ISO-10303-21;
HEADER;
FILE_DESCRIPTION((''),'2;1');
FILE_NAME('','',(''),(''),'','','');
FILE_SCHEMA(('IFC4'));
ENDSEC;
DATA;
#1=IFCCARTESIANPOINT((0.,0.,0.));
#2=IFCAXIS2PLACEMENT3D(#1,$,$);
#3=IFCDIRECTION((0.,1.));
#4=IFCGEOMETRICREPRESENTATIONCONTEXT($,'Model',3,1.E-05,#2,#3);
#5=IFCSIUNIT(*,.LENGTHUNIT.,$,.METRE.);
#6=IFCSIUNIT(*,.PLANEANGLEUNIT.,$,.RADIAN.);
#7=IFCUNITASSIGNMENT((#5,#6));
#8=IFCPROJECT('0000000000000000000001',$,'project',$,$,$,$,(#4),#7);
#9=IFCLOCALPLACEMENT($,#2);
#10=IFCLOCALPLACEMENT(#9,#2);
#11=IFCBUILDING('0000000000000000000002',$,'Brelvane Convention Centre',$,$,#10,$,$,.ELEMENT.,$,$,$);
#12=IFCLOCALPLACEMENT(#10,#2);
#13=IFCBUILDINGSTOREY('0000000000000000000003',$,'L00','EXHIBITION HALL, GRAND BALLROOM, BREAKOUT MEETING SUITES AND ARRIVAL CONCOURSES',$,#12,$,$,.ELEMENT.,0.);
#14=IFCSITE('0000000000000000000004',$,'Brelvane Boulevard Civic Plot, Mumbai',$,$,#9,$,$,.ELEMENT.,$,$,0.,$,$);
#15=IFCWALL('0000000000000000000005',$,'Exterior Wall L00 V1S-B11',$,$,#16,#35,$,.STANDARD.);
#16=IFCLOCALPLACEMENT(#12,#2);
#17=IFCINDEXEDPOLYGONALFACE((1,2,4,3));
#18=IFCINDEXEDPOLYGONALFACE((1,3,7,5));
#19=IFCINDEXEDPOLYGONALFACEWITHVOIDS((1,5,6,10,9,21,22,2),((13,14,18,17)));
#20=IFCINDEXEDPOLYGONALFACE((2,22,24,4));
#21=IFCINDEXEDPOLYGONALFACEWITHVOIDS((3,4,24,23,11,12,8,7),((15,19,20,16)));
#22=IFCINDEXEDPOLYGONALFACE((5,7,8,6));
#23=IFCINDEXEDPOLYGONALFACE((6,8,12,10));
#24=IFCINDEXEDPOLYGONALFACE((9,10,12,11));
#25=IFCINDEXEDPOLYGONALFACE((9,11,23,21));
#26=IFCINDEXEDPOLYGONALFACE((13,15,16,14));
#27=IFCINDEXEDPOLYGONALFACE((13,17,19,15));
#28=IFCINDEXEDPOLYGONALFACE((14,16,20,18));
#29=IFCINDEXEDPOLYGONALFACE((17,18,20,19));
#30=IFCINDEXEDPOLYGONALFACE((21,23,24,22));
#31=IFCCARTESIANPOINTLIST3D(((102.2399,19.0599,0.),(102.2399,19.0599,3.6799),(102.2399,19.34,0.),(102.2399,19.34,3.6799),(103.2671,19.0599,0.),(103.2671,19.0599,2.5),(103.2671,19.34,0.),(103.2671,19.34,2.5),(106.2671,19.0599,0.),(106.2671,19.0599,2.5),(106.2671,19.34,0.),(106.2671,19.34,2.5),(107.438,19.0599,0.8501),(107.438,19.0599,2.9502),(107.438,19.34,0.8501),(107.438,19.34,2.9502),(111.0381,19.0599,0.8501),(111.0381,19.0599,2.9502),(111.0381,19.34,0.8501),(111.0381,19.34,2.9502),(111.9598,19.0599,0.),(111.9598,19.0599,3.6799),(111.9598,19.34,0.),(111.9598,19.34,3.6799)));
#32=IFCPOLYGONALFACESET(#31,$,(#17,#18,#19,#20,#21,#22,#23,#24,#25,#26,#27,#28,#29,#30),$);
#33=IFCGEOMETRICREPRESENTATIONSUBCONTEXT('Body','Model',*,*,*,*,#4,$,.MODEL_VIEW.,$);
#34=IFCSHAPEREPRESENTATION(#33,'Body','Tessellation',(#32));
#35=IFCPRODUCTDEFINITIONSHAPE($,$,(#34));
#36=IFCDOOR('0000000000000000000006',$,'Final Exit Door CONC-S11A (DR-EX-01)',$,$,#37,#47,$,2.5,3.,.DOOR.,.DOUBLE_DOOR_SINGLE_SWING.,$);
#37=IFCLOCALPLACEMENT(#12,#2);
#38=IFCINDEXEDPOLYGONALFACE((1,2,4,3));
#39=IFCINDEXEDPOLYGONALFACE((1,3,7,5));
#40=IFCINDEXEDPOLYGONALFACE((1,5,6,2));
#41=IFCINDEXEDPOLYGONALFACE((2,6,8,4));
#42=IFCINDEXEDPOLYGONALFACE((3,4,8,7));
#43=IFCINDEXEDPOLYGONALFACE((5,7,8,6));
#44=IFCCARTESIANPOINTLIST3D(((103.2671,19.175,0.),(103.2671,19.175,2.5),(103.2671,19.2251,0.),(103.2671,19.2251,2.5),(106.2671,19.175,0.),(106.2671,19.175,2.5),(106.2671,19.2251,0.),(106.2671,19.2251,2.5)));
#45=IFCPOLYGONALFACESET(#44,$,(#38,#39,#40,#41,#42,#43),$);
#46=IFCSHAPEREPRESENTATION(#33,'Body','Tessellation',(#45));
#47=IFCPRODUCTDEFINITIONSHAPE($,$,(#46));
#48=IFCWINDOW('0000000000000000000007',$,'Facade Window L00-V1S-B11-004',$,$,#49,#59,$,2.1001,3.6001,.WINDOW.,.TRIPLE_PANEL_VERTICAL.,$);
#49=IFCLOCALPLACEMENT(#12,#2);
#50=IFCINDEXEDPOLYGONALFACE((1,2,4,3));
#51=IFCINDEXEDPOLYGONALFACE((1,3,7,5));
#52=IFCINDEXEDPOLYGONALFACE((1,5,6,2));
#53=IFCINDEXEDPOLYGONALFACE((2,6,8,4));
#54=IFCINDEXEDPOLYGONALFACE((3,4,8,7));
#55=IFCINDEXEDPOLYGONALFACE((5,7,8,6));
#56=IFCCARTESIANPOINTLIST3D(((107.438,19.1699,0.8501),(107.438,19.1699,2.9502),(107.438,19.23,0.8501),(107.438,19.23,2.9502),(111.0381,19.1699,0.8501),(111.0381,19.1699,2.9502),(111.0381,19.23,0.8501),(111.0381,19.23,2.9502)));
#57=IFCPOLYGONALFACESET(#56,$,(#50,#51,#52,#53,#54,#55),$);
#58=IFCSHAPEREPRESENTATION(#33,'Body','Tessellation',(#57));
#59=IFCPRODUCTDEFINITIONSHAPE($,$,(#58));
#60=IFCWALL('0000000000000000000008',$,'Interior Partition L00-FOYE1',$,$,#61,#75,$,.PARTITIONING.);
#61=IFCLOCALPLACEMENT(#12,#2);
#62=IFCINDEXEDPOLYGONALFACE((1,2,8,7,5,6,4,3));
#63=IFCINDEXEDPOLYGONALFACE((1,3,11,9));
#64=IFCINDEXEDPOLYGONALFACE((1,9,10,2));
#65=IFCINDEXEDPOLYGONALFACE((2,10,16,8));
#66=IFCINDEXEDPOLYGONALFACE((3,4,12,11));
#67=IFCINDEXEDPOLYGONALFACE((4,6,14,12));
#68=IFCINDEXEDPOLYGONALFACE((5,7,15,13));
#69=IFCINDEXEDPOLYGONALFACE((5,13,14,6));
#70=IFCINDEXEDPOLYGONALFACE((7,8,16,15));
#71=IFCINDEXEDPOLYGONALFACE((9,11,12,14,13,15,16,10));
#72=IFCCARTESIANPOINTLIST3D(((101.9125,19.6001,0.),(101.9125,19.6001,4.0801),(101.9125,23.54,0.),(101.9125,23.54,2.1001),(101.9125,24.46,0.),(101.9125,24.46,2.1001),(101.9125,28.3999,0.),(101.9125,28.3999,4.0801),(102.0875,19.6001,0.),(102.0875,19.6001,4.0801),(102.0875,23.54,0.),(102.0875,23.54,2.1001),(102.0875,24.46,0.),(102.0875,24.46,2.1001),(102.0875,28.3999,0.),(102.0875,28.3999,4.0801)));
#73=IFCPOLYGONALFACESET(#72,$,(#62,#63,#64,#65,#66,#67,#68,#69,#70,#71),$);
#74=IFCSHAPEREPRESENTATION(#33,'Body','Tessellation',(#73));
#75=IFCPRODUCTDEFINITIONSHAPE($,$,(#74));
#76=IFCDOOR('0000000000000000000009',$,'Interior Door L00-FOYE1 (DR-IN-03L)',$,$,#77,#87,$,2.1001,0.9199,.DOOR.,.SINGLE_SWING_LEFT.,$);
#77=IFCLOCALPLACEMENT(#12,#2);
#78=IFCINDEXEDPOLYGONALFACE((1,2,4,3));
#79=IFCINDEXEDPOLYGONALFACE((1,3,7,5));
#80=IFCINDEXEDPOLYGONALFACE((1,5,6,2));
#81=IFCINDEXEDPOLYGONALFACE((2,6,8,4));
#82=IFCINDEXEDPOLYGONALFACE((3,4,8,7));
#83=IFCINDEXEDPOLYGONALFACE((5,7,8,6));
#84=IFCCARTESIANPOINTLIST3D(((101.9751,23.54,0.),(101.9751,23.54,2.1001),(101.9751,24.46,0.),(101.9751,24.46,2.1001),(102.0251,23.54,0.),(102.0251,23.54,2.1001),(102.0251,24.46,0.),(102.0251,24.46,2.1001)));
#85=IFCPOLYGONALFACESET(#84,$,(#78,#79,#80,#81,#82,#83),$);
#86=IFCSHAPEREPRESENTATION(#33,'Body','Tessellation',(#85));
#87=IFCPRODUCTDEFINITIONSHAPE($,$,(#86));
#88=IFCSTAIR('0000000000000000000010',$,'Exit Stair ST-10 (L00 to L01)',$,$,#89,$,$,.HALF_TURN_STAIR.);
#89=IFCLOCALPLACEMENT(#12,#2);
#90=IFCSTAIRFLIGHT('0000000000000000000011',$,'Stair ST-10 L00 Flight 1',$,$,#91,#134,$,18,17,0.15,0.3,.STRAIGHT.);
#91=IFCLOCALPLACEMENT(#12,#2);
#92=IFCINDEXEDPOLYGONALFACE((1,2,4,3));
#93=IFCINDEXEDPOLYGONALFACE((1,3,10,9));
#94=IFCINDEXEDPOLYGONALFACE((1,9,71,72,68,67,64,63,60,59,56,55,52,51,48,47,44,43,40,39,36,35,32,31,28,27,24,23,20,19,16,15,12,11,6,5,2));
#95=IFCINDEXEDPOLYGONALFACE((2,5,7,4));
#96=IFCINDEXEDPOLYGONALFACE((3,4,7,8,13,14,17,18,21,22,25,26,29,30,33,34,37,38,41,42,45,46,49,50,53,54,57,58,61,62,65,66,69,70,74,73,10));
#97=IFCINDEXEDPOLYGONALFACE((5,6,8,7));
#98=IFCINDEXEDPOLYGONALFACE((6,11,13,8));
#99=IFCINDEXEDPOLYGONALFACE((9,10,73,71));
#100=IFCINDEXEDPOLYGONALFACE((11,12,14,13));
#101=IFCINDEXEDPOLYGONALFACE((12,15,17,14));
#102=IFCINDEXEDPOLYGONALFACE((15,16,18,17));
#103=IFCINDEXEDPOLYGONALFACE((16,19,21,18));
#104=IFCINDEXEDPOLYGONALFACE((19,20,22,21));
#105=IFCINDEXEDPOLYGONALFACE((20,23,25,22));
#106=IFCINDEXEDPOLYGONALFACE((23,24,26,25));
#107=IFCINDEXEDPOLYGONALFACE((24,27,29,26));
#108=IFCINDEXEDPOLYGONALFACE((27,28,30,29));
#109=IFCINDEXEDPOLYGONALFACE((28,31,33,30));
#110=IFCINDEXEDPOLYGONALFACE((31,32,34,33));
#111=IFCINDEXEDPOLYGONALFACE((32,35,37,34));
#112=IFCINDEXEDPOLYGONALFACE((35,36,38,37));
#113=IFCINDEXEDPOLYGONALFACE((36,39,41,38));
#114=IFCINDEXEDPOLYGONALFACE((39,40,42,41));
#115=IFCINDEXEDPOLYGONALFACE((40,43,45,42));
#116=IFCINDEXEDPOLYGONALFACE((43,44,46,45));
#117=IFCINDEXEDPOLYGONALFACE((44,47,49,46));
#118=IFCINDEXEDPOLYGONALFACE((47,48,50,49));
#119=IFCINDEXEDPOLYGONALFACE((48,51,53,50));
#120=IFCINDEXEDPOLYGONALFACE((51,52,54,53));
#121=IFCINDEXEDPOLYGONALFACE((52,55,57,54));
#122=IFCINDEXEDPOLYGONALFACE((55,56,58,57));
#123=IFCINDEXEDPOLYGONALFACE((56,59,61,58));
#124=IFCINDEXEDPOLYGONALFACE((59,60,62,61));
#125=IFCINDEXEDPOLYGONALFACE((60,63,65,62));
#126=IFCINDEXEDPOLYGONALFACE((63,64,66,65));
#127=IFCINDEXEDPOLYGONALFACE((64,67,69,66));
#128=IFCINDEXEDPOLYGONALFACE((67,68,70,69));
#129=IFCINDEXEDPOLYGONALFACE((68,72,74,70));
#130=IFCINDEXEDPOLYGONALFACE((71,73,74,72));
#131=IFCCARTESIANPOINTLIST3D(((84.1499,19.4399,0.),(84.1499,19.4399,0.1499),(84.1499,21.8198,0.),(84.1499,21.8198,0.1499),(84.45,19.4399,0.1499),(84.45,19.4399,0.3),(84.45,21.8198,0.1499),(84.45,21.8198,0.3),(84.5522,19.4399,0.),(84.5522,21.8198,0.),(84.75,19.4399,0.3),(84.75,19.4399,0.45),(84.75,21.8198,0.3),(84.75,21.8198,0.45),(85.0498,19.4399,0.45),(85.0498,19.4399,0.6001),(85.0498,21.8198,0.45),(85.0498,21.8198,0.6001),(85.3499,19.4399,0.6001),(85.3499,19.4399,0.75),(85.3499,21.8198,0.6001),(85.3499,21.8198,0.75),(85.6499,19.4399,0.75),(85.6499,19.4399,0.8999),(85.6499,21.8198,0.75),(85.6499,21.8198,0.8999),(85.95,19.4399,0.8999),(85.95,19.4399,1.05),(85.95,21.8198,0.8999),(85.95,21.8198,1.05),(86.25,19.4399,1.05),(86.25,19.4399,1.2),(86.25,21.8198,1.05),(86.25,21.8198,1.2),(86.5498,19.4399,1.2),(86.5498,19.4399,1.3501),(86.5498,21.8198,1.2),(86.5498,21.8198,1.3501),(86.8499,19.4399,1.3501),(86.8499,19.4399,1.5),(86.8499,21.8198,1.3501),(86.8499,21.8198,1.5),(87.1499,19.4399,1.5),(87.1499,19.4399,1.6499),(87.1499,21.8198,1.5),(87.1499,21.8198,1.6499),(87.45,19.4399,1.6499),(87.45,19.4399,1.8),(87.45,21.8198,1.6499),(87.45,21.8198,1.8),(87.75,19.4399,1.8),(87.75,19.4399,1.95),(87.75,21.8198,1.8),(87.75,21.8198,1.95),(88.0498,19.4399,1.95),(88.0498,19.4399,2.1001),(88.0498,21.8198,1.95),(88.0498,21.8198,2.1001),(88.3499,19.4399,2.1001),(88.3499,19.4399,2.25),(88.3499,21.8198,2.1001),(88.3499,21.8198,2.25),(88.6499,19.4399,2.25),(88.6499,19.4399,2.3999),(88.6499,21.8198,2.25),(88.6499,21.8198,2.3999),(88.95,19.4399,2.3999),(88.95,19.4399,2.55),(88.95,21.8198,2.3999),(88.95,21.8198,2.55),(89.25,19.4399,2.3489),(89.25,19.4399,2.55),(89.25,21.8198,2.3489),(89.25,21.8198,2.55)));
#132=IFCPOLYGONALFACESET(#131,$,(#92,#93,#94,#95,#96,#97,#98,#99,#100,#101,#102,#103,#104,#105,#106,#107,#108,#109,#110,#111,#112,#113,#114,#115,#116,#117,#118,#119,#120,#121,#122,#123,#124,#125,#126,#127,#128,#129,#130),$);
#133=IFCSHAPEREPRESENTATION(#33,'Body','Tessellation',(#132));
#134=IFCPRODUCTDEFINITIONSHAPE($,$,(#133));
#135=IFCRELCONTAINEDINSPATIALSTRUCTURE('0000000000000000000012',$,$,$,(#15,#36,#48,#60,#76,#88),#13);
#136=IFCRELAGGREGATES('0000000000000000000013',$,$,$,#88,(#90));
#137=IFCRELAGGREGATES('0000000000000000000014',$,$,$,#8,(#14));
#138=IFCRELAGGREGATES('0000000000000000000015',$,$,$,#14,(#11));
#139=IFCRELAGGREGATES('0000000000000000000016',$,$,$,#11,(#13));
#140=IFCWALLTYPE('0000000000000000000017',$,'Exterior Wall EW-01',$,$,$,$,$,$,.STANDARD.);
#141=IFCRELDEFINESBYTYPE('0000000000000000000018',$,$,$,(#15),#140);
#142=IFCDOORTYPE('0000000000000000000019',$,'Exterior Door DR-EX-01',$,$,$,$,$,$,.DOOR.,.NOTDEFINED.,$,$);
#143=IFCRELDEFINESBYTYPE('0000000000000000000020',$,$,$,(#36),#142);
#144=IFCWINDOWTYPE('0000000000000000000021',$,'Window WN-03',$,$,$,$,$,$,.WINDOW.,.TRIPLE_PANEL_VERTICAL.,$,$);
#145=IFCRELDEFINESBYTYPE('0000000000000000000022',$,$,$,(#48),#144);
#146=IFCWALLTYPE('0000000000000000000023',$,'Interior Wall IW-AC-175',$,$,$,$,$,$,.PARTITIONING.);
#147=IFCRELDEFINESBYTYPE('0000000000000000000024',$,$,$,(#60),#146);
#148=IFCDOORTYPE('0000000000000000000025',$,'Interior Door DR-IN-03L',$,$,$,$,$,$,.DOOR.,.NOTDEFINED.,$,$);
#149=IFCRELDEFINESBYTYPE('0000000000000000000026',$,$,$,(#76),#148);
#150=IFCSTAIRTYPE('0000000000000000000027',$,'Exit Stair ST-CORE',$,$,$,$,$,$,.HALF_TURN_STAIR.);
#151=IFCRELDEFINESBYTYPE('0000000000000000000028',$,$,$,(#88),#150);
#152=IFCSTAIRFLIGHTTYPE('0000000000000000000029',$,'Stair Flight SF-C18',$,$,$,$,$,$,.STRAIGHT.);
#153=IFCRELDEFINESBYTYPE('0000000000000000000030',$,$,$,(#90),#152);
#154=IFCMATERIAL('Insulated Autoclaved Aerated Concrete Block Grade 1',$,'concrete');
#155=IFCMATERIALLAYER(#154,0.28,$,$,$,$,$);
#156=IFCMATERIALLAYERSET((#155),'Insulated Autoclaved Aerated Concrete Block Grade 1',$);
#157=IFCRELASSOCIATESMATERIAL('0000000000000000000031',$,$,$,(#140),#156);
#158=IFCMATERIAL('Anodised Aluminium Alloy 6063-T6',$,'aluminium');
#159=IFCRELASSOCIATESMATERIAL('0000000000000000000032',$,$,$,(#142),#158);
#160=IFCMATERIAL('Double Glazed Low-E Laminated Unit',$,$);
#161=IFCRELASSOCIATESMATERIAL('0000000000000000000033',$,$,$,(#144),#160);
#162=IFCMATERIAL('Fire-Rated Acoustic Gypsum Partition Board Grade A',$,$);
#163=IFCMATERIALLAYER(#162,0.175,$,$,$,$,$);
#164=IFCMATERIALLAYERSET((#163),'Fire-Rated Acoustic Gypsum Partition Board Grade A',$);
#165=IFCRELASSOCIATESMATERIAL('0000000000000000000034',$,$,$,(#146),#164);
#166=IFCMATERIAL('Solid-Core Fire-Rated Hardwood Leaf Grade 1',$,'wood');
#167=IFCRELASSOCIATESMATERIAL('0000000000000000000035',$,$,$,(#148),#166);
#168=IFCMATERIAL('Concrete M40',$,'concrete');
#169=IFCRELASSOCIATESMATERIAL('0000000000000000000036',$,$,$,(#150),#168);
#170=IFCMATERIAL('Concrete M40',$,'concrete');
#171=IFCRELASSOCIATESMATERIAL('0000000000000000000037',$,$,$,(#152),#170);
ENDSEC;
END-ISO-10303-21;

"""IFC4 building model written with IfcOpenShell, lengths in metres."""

from ifc_helpers import new_model, si_unit, direction, frame, frame_2d, origin, place, context, subcontext, project, spatial, polyline, rectangle, outline, extrude, material, layer, layer_set, type_object, element, fill, aggregate, save


model = new_model("IFC4")

# Units and contexts
model_context = context("Model", 3, precision=1e-05, world=origin(), true_north=direction((0.0, 1.0)))
body_context = subcontext(model_context, "Body", "Model", "MODEL_VIEW")
ifc_project = project(units=[si_unit("LENGTHUNIT", "METRE"), si_unit("PLANEANGLEUNIT", "RADIAN")], contexts=[model_context])

# Site, building, storey
site_placement = place(None, origin())
site = spatial("IfcSite", under=ifc_project, at=site_placement, Name="Brelvane Boulevard Civic Plot, Mumbai", CompositionType="ELEMENT", RefElevation=0.0)
building_placement = place(site_placement, origin())
building = spatial("IfcBuilding", under=site, at=building_placement, Name="Brelvane Convention Centre", CompositionType="ELEMENT")
storey_placement = place(building_placement, origin())
storey = spatial("IfcBuildingStorey", under=building, at=storey_placement, Name="L00", Description="EXHIBITION HALL, GRAND BALLROOM, BREAKOUT MEETING SUITES AND ARRIVAL CONCOURSES", CompositionType="ELEMENT", Elevation=0.0)

# Wall, openings, door, window
ifc_material_1 = material(Name="Insulated Autoclaved Aerated Concrete Block Grade 1", Category="concrete")
ifc_layer_1 = layer(ifc_material_1, 0.28)
ifc_layer_set_1 = layer_set([ifc_layer_1], Name="Insulated Autoclaved Aerated Concrete Block Grade 1")
wall_type_1 = type_object("IfcWallType", Name="Exterior Wall EW-01", PredefinedType="STANDARD", material=ifc_layer_set_1)
wall_1_placement = place(storey_placement, frame((102.24, 19.2, 0.0), z_axis=(0.0, 0.0, 1.0), x_axis=(1.0, 0.0, 0.0)))
wall_1 = element("IfcWall", 1, at=wall_1_placement, inside=storey, type_object=wall_type_1, Name="Exterior Wall L00 V1S-B11", PredefinedType="STANDARD", context=body_context, shape_type="SweptSolid", body=[
    extrude(rectangle(XDim=9.72, YDim=0.28, at=frame_2d((4.8599, 0.0))), origin(), (0.0, 0.0, 1.0), 3.6799),
])
opening_1_placement = place(wall_1_placement, frame((1.0271, 0.0, 0.0)))
opening_1 = element("IfcOpeningElement", 2, at=opening_1_placement, cuts=wall_1, PredefinedType="OPENING", context=body_context, shape_type="SweptSolid", body=[
    extrude(rectangle(XDim=3.0, YDim=2.5, at=frame_2d((1.5, 1.25))), frame((0.0, 0.1499, 0.0), z_axis=(0.0, -1.0, 0.0), x_axis=(1.0, 0.0, 0.0)), (0.0, 0.0, 1.0), 0.3),
])
opening_2_placement = place(wall_1_placement, frame((5.198, 0.0, 0.8501)))
opening_2 = element("IfcOpeningElement", 3, at=opening_2_placement, cuts=wall_1, PredefinedType="OPENING", context=body_context, shape_type="SweptSolid", body=[
    extrude(rectangle(XDim=3.6001, YDim=2.1001, at=frame_2d((1.8, 1.05))), frame((0.0, 0.1499, 0.0), z_axis=(0.0, -1.0, 0.0), x_axis=(1.0, 0.0, 0.0)), (0.0, 0.0, 1.0), 0.3),
])
ifc_material_2 = material(Name="Anodised Aluminium Alloy 6063-T6", Category="aluminium")
door_type_1 = type_object("IfcDoorType", Name="Exterior Door DR-EX-01", OperationType="NOTDEFINED", PredefinedType="DOOR", material=ifc_material_2)
door_1_placement = place(opening_1_placement, frame((3.0, 0.0, 0.0), z_axis=(0.0, 0.0, 1.0), x_axis=(-1.0, 0.0, 0.0)))
door_1 = element("IfcDoor", 4, at=door_1_placement, inside=storey, type_object=door_type_1, Name="Final Exit Door CONC-S11A (DR-EX-01)", OperationType="DOUBLE_DOOR_SINGLE_SWING", OverallHeight=2.5, OverallWidth=3.0, PredefinedType="DOOR", context=body_context, shape_type="SweptSolid", body=[
    extrude(rectangle(XDim=3.0, YDim=2.5, at=frame_2d((1.5, 1.25))), frame((0.0, 0.0249, 0.0), z_axis=(0.0, -1.0, 0.0), x_axis=(1.0, 0.0, 0.0)), (0.0, 0.0, 1.0), 0.05),
])
fill(opening_1, door_1)
ifc_material_3 = material(Name="Double Glazed Low-E Laminated Unit")
window_type = type_object("IfcWindowType", Name="Window WN-03", PartitioningType="TRIPLE_PANEL_VERTICAL", PredefinedType="WINDOW", material=ifc_material_3)
window_placement = place(opening_2_placement, origin())
window = element("IfcWindow", 5, at=window_placement, inside=storey, type_object=window_type, Name="Facade Window L00-V1S-B11-004", OverallHeight=2.1001, OverallWidth=3.6001, PartitioningType="TRIPLE_PANEL_VERTICAL", PredefinedType="WINDOW", context=body_context, shape_type="SweptSolid", body=[
    extrude(rectangle(XDim=3.6001, YDim=2.1001, at=frame_2d((1.8, 1.05))), frame((0.0, 0.03, 0.0), z_axis=(0.0, -1.0, 0.0), x_axis=(1.0, 0.0, 0.0)), (0.0, 0.0, 1.0), 0.0601),
])
fill(opening_2, window)

# Wall, opening, door
ifc_material_4 = material(Name="Fire-Rated Acoustic Gypsum Partition Board Grade A")
ifc_layer_2 = layer(ifc_material_4, 0.175)
ifc_layer_set_2 = layer_set([ifc_layer_2], Name="Fire-Rated Acoustic Gypsum Partition Board Grade A")
wall_type_2 = type_object("IfcWallType", Name="Interior Wall IW-AC-175", PredefinedType="PARTITIONING", material=ifc_layer_set_2)
wall_2_placement = place(storey_placement, frame((102.0, 19.6001, 0.0), z_axis=(0.0, 0.0, 1.0), x_axis=(0.0, 1.0, 0.0)))
wall_2 = element("IfcWall", 6, at=wall_2_placement, inside=storey, type_object=wall_type_2, Name="Interior Partition L00-FOYE1", PredefinedType="PARTITIONING", context=body_context, shape_type="SweptSolid", body=[
    extrude(rectangle(XDim=8.7998, YDim=0.175, at=frame_2d((4.3999, 0.0))), origin(), (0.0, 0.0, 1.0), 4.0801),
])
opening_3_placement = place(wall_2_placement, frame((3.9399, 0.0, 0.0)))
opening_3 = element("IfcOpeningElement", 7, at=opening_3_placement, cuts=wall_2, PredefinedType="OPENING", context=body_context, shape_type="SweptSolid", body=[
    extrude(rectangle(XDim=0.9199, YDim=2.1001, at=frame_2d((0.46, 1.05))), frame((0.0, 0.0974, 0.0), z_axis=(0.0, -1.0, 0.0), x_axis=(1.0, 0.0, 0.0)), (0.0, 0.0, 1.0), 0.1951),
])
ifc_material_5 = material(Name="Solid-Core Fire-Rated Hardwood Leaf Grade 1", Category="wood")
door_type_2 = type_object("IfcDoorType", Name="Interior Door DR-IN-03L", OperationType="NOTDEFINED", PredefinedType="DOOR", material=ifc_material_5)
door_2_placement = place(opening_3_placement, origin())
door_2 = element("IfcDoor", 8, at=door_2_placement, inside=storey, type_object=door_type_2, Name="Interior Door L00-FOYE1 (DR-IN-03L)", OperationType="SINGLE_SWING_LEFT", OverallHeight=2.1001, OverallWidth=0.9199, PredefinedType="DOOR", context=body_context, shape_type="SweptSolid", body=[
    extrude(rectangle(XDim=0.9199, YDim=2.1001, at=frame_2d((0.46, 1.05))), frame((0.0, 0.0249, 0.0), z_axis=(0.0, -1.0, 0.0), x_axis=(1.0, 0.0, 0.0)), (0.0, 0.0, 1.0), 0.05),
])
fill(opening_3, door_2)

# Stair, stair flight
ifc_material_6 = material(Name="Concrete M40", Category="concrete")
stair_type = type_object("IfcStairType", Name="Exit Stair ST-CORE", PredefinedType="HALF_TURN_STAIR", material=ifc_material_6)
stair_placement = place(storey_placement, origin())
stair = element("IfcStair", 9, at=stair_placement, inside=storey, type_object=stair_type, Name="Exit Stair ST-10 (L00 to L01)", PredefinedType="HALF_TURN_STAIR")
ifc_material_7 = material(Name="Concrete M40", Category="concrete")
stair_flight_type = type_object("IfcStairFlightType", Name="Stair Flight SF-C18", PredefinedType="STRAIGHT", material=ifc_material_7)
stair_flight_1_placement = place(storey_placement, frame((84.1499, 20.6299, 0.0), z_axis=(0.0, 0.0, 1.0), x_axis=(1.0, 0.0, 0.0)))
stair_flight_1 = element("IfcStairFlight", 10, at=stair_flight_1_placement, type_object=stair_flight_type, Name="Stair ST-10 L00 Flight 1", NumberOfRisers=18, NumberOfTreads=17, PredefinedType="STRAIGHT", RiserHeight=0.15, TreadLength=0.3, context=body_context, shape_type="SweptSolid", body=[
    extrude(outline(polyline([(0.0, 0.0), (0.0, 0.1499), (0.3, 0.1499), (0.3, 0.3), (0.6001, 0.3), (0.6001, 0.45), (0.8999, 0.45), (0.8999, 0.6001), (1.2, 0.6001), (1.2, 0.75), (1.5, 0.75), (1.5, 0.8999), (1.8, 0.8999), (1.8, 1.05), (2.1001, 1.05), (2.1001, 1.2), (2.3999, 1.2), (2.3999, 1.3501), (2.7, 1.3501), (2.7, 1.5), (3.0, 1.5), (3.0, 1.6499), (3.3, 1.6499), (3.3, 1.8), (3.6001, 1.8), (3.6001, 1.95), (3.8999, 1.95), (3.8999, 2.1001), (4.2, 2.1001), (4.2, 2.25), (4.5, 2.25), (4.5, 2.3999), (4.8, 2.3999), (4.8, 2.55), (5.1001, 2.55), (5.1001, 2.7), (5.1001, 2.3489), (0.4023, 0.0), (0.0, 0.0)])), frame((0.0, 1.1899, 0.0), z_axis=(0.0, -1.0, 0.0), x_axis=(1.0, 0.0, 0.0)), (0.0, 0.0, 1.0), 2.3799),
])
aggregate(stair, [stair_flight_1])

save(model, "model.ifc")
